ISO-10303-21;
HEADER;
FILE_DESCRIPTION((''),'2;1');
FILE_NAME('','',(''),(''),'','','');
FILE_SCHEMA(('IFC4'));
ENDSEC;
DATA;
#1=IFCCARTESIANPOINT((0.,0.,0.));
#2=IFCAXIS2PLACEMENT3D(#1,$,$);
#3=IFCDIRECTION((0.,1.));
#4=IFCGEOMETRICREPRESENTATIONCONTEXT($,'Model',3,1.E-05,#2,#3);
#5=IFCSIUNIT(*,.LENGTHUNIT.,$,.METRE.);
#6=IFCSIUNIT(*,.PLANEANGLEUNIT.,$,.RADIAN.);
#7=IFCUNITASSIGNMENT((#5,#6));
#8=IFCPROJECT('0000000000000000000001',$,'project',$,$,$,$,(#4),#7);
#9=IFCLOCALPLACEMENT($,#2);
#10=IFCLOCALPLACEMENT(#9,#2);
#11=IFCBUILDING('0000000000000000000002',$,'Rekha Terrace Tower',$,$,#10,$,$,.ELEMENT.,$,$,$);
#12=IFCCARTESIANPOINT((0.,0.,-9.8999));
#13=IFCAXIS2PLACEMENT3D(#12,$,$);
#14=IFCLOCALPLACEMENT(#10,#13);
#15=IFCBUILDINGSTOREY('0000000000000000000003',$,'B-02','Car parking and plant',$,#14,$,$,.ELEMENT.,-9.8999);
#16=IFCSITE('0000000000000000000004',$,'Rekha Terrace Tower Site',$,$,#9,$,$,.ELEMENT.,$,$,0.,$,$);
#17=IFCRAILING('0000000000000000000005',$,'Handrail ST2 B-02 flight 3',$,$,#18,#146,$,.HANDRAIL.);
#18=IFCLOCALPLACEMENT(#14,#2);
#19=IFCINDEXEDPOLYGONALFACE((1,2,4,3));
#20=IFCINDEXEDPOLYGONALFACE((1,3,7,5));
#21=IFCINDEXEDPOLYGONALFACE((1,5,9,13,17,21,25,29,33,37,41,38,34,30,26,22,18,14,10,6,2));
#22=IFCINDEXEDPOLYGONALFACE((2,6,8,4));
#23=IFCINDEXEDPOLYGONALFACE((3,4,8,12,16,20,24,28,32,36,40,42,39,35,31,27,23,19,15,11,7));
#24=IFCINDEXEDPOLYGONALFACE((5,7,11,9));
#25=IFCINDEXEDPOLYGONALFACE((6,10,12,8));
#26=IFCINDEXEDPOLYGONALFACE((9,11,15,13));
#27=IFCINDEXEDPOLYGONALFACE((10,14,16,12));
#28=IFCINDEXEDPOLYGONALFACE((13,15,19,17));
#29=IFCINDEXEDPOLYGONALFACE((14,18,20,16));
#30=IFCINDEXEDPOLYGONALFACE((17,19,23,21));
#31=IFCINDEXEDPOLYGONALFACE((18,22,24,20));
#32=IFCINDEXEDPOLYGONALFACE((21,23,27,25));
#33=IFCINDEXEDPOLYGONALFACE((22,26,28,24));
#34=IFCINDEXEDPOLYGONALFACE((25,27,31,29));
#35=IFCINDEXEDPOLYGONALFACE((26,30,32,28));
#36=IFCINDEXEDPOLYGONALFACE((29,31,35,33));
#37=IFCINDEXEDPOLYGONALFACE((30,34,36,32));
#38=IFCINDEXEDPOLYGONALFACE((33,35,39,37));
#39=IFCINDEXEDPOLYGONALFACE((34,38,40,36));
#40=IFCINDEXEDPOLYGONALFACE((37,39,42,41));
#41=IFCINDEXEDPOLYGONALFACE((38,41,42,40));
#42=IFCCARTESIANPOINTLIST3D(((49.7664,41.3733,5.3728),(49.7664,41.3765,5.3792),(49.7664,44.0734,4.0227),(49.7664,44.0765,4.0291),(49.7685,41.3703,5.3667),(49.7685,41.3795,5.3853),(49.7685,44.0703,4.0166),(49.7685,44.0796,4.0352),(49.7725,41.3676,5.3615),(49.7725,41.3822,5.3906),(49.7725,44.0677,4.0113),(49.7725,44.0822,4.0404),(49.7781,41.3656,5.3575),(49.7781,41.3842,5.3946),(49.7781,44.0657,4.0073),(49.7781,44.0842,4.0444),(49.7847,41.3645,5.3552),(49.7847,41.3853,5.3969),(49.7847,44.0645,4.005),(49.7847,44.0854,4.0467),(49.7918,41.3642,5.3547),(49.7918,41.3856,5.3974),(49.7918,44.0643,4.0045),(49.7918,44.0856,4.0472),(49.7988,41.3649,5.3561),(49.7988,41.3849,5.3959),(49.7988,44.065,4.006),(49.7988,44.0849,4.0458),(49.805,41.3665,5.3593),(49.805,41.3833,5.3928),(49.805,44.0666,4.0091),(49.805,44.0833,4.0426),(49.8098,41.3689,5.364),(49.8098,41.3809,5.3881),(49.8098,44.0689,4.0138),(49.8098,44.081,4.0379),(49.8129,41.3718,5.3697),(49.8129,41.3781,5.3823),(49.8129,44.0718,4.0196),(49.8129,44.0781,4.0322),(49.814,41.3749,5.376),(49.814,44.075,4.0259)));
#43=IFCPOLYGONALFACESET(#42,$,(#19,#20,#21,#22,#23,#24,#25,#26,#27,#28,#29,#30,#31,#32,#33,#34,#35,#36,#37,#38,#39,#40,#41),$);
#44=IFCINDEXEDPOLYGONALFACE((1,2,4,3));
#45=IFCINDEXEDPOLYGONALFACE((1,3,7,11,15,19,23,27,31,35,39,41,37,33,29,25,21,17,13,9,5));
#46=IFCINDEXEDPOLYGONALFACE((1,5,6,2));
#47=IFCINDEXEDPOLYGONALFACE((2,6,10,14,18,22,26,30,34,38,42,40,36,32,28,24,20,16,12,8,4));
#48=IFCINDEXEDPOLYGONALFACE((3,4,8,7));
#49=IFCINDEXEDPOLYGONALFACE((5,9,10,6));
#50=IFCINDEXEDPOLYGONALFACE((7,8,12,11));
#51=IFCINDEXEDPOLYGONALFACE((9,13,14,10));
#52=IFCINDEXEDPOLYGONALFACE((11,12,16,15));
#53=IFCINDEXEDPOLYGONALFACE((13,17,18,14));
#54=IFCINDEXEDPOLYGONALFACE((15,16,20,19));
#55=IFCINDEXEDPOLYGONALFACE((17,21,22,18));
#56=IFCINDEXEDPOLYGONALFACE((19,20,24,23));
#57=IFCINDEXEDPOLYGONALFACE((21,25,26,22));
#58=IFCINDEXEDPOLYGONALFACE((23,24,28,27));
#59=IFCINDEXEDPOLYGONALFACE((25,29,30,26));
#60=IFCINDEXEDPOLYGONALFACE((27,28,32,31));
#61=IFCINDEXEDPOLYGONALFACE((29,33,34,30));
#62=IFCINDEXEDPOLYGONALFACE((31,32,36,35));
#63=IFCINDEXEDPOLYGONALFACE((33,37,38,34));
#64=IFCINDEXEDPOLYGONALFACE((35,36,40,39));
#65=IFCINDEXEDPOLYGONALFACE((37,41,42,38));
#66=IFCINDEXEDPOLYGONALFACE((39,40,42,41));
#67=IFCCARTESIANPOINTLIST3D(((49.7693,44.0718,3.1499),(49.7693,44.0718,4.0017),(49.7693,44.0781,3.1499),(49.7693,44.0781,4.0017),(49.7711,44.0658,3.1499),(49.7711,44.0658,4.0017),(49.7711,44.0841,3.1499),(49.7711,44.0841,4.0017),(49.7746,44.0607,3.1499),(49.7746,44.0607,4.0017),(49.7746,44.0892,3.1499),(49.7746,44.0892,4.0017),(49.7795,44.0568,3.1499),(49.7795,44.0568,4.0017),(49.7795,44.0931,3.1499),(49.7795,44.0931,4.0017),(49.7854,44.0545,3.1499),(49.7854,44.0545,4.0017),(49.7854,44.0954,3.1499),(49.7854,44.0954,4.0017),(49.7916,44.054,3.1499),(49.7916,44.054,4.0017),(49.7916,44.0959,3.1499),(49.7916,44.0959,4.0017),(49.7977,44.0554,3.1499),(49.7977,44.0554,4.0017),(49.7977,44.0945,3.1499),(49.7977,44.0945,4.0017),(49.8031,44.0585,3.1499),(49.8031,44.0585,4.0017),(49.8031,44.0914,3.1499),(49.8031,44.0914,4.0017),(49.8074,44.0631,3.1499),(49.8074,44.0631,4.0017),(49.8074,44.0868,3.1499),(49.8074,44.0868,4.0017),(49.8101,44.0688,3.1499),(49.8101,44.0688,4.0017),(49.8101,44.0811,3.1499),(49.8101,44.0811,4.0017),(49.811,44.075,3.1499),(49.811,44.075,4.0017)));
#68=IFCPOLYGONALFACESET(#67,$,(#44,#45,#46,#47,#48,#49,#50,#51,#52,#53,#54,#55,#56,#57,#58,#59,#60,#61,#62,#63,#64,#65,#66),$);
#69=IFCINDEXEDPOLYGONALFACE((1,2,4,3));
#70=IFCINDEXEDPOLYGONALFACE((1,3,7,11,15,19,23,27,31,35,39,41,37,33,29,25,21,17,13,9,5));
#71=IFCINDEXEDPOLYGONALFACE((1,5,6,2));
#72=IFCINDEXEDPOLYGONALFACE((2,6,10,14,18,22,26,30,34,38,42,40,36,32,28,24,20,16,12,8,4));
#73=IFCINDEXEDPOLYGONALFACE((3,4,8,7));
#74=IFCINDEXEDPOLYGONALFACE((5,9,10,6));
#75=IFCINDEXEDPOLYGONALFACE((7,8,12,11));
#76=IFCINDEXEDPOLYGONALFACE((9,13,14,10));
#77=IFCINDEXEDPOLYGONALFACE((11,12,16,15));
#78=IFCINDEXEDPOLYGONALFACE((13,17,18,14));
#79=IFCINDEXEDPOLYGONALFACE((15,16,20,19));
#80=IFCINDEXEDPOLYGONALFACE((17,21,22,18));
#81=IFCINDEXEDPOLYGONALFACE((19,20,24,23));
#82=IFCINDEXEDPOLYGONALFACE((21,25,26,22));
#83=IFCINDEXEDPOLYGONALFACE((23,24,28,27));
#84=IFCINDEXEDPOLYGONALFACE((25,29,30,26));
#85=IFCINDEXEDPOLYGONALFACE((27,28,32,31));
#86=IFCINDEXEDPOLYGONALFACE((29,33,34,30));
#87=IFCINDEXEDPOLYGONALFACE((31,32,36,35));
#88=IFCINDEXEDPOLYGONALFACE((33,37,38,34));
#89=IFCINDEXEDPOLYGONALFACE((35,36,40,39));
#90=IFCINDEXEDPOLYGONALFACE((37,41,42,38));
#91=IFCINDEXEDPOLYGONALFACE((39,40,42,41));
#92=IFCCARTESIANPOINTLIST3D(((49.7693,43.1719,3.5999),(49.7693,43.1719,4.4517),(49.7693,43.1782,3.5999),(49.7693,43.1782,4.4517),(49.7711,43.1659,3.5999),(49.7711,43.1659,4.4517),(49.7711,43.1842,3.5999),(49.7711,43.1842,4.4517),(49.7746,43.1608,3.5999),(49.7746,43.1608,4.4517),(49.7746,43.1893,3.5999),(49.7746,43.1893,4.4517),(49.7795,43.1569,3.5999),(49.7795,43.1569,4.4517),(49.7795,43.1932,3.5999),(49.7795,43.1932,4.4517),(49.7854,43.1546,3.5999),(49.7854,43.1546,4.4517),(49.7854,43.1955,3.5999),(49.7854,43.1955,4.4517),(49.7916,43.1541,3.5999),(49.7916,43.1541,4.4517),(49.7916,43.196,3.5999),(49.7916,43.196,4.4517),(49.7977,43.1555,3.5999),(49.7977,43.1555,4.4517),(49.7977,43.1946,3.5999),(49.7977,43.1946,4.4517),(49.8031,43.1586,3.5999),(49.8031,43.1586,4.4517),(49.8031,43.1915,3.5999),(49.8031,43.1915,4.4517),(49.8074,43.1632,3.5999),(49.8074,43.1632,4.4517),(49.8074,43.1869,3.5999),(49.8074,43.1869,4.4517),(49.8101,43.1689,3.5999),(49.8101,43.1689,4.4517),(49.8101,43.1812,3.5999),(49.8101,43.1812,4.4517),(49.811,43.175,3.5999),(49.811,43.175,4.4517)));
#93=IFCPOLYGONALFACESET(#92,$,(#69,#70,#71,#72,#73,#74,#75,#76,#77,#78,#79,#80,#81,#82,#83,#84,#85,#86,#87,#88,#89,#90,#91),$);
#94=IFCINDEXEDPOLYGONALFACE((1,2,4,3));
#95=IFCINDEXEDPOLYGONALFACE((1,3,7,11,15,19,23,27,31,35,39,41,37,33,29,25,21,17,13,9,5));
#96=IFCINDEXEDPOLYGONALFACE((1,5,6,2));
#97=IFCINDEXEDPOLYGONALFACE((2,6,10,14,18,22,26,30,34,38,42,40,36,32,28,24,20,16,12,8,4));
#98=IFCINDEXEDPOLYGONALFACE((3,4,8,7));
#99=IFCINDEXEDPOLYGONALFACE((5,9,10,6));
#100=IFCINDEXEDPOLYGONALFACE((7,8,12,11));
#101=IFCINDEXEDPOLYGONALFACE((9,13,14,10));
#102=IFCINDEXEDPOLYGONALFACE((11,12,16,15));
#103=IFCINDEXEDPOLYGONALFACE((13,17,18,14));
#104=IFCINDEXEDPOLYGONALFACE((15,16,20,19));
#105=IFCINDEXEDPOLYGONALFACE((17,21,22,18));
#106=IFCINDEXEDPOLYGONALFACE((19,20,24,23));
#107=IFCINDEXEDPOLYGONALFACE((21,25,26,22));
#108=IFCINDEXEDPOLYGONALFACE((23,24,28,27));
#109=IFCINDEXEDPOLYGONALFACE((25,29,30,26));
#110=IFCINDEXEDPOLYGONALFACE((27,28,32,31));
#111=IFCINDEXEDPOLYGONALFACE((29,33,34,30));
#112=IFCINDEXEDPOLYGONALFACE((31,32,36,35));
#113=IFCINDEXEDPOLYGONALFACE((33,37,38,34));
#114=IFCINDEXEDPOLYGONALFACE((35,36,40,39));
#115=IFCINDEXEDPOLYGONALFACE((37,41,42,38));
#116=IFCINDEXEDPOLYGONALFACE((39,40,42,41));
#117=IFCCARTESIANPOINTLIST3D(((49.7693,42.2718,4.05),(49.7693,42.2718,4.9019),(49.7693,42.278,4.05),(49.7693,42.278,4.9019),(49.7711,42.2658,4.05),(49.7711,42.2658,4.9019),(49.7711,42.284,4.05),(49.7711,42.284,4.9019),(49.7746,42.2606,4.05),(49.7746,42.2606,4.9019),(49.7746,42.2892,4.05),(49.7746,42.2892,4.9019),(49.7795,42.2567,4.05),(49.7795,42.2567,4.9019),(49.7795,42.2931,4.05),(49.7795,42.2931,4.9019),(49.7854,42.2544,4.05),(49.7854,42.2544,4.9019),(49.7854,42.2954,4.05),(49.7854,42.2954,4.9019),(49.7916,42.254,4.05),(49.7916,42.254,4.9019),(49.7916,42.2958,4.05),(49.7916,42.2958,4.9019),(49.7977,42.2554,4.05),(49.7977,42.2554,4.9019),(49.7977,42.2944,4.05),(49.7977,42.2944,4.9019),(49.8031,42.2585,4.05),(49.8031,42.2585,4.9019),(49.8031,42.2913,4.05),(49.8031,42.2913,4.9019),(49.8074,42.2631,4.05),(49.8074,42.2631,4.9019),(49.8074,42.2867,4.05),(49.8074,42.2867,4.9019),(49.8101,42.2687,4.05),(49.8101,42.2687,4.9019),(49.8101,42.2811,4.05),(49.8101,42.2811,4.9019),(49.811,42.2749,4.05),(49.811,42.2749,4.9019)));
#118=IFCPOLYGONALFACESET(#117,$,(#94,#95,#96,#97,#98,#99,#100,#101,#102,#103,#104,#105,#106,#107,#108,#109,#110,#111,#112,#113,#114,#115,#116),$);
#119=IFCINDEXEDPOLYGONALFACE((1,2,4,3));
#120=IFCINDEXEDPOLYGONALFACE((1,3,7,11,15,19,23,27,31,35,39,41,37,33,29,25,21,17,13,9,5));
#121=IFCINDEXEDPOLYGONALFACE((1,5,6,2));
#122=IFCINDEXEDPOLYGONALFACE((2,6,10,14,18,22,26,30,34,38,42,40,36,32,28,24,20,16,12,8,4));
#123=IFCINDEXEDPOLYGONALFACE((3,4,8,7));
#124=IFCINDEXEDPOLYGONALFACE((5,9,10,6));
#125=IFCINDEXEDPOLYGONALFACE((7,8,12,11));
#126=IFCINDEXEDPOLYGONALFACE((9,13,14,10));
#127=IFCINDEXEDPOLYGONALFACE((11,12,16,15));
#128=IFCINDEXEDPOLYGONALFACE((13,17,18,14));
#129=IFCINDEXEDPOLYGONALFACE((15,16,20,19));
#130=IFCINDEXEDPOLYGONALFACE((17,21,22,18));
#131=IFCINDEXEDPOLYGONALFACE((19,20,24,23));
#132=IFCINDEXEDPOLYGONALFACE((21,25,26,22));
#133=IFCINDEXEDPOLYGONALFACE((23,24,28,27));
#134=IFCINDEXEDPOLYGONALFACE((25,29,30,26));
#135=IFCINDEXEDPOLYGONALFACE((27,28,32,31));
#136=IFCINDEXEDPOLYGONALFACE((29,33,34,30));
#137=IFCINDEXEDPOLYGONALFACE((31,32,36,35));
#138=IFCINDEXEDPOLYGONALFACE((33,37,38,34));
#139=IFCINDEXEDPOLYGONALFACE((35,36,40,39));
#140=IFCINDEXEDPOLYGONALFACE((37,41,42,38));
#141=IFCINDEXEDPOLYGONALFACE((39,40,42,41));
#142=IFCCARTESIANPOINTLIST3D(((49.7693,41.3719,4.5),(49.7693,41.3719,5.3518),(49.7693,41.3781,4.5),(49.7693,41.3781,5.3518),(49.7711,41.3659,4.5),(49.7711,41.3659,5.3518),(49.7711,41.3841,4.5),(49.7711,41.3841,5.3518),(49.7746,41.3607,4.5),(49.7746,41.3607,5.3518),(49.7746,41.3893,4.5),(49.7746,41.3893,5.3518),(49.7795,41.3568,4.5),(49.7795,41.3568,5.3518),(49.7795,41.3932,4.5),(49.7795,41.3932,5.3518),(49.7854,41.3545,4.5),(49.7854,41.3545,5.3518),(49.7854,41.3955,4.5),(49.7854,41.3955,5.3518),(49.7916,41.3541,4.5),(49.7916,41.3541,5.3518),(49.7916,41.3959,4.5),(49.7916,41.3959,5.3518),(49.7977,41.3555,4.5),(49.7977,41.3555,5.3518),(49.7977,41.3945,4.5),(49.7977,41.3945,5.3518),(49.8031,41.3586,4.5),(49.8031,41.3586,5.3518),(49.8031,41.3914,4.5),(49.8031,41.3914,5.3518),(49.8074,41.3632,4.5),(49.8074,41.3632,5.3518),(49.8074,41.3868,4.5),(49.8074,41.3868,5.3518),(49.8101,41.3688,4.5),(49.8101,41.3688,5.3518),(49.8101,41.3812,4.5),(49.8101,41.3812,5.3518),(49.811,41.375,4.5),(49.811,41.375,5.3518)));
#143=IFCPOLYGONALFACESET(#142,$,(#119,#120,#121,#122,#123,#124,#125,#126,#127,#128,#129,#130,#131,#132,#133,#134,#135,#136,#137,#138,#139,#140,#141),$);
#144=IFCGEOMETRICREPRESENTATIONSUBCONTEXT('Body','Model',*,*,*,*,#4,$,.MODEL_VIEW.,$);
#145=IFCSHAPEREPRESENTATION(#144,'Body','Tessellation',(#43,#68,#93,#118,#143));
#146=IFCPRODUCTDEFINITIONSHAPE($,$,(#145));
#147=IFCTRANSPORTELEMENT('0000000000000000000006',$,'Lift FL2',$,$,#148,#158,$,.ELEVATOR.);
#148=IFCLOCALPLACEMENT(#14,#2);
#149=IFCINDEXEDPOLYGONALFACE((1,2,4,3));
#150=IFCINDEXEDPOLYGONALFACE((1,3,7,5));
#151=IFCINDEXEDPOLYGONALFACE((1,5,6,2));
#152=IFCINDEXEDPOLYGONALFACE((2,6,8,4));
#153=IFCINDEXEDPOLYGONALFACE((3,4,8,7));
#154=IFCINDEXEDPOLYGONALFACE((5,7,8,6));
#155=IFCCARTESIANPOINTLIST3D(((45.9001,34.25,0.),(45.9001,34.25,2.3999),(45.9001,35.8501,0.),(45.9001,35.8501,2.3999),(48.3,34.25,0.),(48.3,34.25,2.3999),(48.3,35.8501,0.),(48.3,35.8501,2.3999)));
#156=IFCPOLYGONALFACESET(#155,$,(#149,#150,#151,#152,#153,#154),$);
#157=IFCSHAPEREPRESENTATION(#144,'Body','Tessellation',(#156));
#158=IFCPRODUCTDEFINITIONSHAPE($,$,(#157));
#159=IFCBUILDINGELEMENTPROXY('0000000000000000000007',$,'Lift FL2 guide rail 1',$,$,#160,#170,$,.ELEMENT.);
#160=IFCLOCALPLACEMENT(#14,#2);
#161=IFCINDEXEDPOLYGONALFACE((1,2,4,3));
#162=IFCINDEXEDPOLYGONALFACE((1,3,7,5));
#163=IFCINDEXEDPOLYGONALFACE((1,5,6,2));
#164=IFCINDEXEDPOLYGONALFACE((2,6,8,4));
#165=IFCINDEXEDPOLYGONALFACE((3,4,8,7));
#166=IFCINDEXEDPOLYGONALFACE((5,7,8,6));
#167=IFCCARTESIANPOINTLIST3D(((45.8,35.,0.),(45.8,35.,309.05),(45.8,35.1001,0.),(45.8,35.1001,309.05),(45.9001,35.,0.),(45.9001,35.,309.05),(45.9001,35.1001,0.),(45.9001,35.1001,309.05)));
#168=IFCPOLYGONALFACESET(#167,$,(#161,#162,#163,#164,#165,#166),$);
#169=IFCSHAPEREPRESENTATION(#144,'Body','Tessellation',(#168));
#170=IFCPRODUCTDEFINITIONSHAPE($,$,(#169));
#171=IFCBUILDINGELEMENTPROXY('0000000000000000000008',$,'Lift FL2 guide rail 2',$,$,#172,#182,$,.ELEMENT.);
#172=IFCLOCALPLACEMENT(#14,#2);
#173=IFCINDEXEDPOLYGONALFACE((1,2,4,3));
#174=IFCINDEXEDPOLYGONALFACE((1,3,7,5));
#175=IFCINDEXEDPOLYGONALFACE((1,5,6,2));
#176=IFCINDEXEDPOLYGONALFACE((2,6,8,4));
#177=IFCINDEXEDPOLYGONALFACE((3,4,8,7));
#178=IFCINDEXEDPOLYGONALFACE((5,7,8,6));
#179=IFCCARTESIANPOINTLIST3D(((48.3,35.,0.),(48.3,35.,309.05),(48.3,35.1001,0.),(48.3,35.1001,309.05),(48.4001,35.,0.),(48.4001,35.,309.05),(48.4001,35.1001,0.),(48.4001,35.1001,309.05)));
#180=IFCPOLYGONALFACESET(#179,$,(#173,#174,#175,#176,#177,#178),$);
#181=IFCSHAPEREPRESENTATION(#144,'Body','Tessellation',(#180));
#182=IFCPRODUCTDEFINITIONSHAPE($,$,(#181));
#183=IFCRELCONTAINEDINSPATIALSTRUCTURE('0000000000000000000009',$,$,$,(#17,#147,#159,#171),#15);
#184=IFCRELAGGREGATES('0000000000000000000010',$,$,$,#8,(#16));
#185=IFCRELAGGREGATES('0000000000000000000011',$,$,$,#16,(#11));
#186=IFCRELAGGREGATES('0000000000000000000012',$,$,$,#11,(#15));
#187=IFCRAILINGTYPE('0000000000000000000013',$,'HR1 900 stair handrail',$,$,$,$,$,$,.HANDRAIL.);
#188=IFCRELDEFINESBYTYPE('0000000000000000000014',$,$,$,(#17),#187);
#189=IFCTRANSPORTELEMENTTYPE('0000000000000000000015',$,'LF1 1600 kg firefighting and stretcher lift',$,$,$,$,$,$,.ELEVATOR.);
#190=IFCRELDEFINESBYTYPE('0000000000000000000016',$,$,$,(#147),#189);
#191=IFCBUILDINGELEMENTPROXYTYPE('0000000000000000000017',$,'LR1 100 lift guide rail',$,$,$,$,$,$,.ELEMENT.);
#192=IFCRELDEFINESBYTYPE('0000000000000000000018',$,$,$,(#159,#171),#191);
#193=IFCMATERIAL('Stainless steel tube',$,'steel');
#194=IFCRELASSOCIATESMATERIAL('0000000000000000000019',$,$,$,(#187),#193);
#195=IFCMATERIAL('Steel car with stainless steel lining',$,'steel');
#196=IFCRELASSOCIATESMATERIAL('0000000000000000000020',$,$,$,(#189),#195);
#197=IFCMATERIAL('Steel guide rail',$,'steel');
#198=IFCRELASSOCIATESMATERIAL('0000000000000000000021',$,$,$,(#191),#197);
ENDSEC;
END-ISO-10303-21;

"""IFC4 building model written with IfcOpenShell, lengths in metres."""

from ifc_helpers import new_model, si_unit, direction, frame, origin, origin_2d, place, context, subcontext, project, spatial, rectangle, circle, extrude, material, type_object, element, save


model = new_model("IFC4")

# Units and contexts
model_context = context("Model", 3, precision=1e-05, world=origin(), true_north=direction((0.0, 1.0)))
body_context = subcontext(model_context, "Body", "Model", "MODEL_VIEW")
ifc_project = project(units=[si_unit("LENGTHUNIT", "METRE"), si_unit("PLANEANGLEUNIT", "RADIAN")], contexts=[model_context])

# Site, building, storey
site_placement = place(None, origin())
site = spatial("IfcSite", under=ifc_project, at=site_placement, Name="Rekha Terrace Tower Site", CompositionType="ELEMENT", RefElevation=0.0)
building_placement = place(site_placement, origin())
building = spatial("IfcBuilding", under=site, at=building_placement, Name="Rekha Terrace Tower", CompositionType="ELEMENT")
storey_placement = place(building_placement, frame((0.0, 0.0, -9.8999)))
storey = spatial("IfcBuildingStorey", under=building, at=storey_placement, Name="B-02", Description="Car parking and plant", CompositionType="ELEMENT", Elevation=-9.8999)

# Railing
ifc_material_1 = material(Name="Stainless steel tube", Category="steel")
railing_type_1 = type_object("IfcRailingType", Name="HR1 900 stair handrail", PredefinedType="HANDRAIL", material=ifc_material_1)
railing_1_placement = place(storey_placement, frame((49.79, 44.075, 3.1499)))
element("IfcRailing", 1, at=railing_1_placement, inside=storey, type_object=railing_type_1, Name="Handrail ST2 B-02 flight 3", PredefinedType="HANDRAIL", context=body_context, shape_type="SweptSolid", body=[
    extrude(circle(Radius=0.0239, at=origin_2d()), frame((0.0, 0.0, 0.876), z_axis=(0.0, -0.894411, 0.447246), x_axis=(1.0, 0.0, 0.0)), (0.0, 0.0, 1.0), 3.0188),
    extrude(circle(Radius=0.021, at=origin_2d()), origin(), (0.0, 0.0, 1.0), 0.8518),
    extrude(circle(Radius=0.021, at=origin_2d()), frame((0.0, -0.8999, 0.45)), (0.0, 0.0, 1.0), 0.8518),
    extrude(circle(Radius=0.021, at=origin_2d()), frame((0.0, -1.8, 0.9001)), (0.0, 0.0, 1.0), 0.8518),
    extrude(circle(Radius=0.021, at=origin_2d()), frame((0.0, -2.7, 1.3501)), (0.0, 0.0, 1.0), 0.8518),
])

# Transport element
ifc_material_2 = material(Name="Steel car with stainless steel lining", Category="steel")
transport_element_type = type_object("IfcTransportElementType", Name="LF1 1600 kg firefighting and stretcher lift", PredefinedType="ELEVATOR", material=ifc_material_2)
transport_element_placement = place(storey_placement, frame((47.1001, 35.05, 0.0), z_axis=(0.0, 0.0, 1.0), x_axis=(1.0, 0.0, 0.0)))
element("IfcTransportElement", 2, at=transport_element_placement, inside=storey, type_object=transport_element_type, Name="Lift FL2", PredefinedType="ELEVATOR", context=body_context, shape_type="SweptSolid", body=[
    extrude(rectangle(XDim=2.3999, YDim=1.6001, at=origin_2d()), origin(), (0.0, 0.0, 1.0), 2.3999),
])

# Building element proxies
ifc_material_3 = material(Name="Steel guide rail", Category="steel")
building_element_proxy_type = type_object("IfcBuildingElementProxyType", Name="LR1 100 lift guide rail", PredefinedType="ELEMENT", material=ifc_material_3)
for number, where, z_axis, x_axis, name in (
    (3, (45.8501, 35.05, 0.0), (0.0, 0.0, 1.0), (1.0, 0.0, 0.0), "Lift FL2 guide rail 1"),
    (4, (48.3501, 35.05, 0.0), (0.0, 0.0, 1.0), (1.0, 0.0, 0.0), "Lift FL2 guide rail 2"),
):
    element("IfcBuildingElementProxy", number, at=place(storey_placement, frame(where, z_axis=z_axis, x_axis=x_axis)), inside=storey, type_object=building_element_proxy_type, Name=name, PredefinedType="ELEMENT", context=body_context, shape_type="SweptSolid", body=[
        extrude(rectangle(XDim=0.1001, YDim=0.1001, at=origin_2d()), origin(), (0.0, 0.0, 1.0), 309.05),
    ])

save(model, "model.ifc")
